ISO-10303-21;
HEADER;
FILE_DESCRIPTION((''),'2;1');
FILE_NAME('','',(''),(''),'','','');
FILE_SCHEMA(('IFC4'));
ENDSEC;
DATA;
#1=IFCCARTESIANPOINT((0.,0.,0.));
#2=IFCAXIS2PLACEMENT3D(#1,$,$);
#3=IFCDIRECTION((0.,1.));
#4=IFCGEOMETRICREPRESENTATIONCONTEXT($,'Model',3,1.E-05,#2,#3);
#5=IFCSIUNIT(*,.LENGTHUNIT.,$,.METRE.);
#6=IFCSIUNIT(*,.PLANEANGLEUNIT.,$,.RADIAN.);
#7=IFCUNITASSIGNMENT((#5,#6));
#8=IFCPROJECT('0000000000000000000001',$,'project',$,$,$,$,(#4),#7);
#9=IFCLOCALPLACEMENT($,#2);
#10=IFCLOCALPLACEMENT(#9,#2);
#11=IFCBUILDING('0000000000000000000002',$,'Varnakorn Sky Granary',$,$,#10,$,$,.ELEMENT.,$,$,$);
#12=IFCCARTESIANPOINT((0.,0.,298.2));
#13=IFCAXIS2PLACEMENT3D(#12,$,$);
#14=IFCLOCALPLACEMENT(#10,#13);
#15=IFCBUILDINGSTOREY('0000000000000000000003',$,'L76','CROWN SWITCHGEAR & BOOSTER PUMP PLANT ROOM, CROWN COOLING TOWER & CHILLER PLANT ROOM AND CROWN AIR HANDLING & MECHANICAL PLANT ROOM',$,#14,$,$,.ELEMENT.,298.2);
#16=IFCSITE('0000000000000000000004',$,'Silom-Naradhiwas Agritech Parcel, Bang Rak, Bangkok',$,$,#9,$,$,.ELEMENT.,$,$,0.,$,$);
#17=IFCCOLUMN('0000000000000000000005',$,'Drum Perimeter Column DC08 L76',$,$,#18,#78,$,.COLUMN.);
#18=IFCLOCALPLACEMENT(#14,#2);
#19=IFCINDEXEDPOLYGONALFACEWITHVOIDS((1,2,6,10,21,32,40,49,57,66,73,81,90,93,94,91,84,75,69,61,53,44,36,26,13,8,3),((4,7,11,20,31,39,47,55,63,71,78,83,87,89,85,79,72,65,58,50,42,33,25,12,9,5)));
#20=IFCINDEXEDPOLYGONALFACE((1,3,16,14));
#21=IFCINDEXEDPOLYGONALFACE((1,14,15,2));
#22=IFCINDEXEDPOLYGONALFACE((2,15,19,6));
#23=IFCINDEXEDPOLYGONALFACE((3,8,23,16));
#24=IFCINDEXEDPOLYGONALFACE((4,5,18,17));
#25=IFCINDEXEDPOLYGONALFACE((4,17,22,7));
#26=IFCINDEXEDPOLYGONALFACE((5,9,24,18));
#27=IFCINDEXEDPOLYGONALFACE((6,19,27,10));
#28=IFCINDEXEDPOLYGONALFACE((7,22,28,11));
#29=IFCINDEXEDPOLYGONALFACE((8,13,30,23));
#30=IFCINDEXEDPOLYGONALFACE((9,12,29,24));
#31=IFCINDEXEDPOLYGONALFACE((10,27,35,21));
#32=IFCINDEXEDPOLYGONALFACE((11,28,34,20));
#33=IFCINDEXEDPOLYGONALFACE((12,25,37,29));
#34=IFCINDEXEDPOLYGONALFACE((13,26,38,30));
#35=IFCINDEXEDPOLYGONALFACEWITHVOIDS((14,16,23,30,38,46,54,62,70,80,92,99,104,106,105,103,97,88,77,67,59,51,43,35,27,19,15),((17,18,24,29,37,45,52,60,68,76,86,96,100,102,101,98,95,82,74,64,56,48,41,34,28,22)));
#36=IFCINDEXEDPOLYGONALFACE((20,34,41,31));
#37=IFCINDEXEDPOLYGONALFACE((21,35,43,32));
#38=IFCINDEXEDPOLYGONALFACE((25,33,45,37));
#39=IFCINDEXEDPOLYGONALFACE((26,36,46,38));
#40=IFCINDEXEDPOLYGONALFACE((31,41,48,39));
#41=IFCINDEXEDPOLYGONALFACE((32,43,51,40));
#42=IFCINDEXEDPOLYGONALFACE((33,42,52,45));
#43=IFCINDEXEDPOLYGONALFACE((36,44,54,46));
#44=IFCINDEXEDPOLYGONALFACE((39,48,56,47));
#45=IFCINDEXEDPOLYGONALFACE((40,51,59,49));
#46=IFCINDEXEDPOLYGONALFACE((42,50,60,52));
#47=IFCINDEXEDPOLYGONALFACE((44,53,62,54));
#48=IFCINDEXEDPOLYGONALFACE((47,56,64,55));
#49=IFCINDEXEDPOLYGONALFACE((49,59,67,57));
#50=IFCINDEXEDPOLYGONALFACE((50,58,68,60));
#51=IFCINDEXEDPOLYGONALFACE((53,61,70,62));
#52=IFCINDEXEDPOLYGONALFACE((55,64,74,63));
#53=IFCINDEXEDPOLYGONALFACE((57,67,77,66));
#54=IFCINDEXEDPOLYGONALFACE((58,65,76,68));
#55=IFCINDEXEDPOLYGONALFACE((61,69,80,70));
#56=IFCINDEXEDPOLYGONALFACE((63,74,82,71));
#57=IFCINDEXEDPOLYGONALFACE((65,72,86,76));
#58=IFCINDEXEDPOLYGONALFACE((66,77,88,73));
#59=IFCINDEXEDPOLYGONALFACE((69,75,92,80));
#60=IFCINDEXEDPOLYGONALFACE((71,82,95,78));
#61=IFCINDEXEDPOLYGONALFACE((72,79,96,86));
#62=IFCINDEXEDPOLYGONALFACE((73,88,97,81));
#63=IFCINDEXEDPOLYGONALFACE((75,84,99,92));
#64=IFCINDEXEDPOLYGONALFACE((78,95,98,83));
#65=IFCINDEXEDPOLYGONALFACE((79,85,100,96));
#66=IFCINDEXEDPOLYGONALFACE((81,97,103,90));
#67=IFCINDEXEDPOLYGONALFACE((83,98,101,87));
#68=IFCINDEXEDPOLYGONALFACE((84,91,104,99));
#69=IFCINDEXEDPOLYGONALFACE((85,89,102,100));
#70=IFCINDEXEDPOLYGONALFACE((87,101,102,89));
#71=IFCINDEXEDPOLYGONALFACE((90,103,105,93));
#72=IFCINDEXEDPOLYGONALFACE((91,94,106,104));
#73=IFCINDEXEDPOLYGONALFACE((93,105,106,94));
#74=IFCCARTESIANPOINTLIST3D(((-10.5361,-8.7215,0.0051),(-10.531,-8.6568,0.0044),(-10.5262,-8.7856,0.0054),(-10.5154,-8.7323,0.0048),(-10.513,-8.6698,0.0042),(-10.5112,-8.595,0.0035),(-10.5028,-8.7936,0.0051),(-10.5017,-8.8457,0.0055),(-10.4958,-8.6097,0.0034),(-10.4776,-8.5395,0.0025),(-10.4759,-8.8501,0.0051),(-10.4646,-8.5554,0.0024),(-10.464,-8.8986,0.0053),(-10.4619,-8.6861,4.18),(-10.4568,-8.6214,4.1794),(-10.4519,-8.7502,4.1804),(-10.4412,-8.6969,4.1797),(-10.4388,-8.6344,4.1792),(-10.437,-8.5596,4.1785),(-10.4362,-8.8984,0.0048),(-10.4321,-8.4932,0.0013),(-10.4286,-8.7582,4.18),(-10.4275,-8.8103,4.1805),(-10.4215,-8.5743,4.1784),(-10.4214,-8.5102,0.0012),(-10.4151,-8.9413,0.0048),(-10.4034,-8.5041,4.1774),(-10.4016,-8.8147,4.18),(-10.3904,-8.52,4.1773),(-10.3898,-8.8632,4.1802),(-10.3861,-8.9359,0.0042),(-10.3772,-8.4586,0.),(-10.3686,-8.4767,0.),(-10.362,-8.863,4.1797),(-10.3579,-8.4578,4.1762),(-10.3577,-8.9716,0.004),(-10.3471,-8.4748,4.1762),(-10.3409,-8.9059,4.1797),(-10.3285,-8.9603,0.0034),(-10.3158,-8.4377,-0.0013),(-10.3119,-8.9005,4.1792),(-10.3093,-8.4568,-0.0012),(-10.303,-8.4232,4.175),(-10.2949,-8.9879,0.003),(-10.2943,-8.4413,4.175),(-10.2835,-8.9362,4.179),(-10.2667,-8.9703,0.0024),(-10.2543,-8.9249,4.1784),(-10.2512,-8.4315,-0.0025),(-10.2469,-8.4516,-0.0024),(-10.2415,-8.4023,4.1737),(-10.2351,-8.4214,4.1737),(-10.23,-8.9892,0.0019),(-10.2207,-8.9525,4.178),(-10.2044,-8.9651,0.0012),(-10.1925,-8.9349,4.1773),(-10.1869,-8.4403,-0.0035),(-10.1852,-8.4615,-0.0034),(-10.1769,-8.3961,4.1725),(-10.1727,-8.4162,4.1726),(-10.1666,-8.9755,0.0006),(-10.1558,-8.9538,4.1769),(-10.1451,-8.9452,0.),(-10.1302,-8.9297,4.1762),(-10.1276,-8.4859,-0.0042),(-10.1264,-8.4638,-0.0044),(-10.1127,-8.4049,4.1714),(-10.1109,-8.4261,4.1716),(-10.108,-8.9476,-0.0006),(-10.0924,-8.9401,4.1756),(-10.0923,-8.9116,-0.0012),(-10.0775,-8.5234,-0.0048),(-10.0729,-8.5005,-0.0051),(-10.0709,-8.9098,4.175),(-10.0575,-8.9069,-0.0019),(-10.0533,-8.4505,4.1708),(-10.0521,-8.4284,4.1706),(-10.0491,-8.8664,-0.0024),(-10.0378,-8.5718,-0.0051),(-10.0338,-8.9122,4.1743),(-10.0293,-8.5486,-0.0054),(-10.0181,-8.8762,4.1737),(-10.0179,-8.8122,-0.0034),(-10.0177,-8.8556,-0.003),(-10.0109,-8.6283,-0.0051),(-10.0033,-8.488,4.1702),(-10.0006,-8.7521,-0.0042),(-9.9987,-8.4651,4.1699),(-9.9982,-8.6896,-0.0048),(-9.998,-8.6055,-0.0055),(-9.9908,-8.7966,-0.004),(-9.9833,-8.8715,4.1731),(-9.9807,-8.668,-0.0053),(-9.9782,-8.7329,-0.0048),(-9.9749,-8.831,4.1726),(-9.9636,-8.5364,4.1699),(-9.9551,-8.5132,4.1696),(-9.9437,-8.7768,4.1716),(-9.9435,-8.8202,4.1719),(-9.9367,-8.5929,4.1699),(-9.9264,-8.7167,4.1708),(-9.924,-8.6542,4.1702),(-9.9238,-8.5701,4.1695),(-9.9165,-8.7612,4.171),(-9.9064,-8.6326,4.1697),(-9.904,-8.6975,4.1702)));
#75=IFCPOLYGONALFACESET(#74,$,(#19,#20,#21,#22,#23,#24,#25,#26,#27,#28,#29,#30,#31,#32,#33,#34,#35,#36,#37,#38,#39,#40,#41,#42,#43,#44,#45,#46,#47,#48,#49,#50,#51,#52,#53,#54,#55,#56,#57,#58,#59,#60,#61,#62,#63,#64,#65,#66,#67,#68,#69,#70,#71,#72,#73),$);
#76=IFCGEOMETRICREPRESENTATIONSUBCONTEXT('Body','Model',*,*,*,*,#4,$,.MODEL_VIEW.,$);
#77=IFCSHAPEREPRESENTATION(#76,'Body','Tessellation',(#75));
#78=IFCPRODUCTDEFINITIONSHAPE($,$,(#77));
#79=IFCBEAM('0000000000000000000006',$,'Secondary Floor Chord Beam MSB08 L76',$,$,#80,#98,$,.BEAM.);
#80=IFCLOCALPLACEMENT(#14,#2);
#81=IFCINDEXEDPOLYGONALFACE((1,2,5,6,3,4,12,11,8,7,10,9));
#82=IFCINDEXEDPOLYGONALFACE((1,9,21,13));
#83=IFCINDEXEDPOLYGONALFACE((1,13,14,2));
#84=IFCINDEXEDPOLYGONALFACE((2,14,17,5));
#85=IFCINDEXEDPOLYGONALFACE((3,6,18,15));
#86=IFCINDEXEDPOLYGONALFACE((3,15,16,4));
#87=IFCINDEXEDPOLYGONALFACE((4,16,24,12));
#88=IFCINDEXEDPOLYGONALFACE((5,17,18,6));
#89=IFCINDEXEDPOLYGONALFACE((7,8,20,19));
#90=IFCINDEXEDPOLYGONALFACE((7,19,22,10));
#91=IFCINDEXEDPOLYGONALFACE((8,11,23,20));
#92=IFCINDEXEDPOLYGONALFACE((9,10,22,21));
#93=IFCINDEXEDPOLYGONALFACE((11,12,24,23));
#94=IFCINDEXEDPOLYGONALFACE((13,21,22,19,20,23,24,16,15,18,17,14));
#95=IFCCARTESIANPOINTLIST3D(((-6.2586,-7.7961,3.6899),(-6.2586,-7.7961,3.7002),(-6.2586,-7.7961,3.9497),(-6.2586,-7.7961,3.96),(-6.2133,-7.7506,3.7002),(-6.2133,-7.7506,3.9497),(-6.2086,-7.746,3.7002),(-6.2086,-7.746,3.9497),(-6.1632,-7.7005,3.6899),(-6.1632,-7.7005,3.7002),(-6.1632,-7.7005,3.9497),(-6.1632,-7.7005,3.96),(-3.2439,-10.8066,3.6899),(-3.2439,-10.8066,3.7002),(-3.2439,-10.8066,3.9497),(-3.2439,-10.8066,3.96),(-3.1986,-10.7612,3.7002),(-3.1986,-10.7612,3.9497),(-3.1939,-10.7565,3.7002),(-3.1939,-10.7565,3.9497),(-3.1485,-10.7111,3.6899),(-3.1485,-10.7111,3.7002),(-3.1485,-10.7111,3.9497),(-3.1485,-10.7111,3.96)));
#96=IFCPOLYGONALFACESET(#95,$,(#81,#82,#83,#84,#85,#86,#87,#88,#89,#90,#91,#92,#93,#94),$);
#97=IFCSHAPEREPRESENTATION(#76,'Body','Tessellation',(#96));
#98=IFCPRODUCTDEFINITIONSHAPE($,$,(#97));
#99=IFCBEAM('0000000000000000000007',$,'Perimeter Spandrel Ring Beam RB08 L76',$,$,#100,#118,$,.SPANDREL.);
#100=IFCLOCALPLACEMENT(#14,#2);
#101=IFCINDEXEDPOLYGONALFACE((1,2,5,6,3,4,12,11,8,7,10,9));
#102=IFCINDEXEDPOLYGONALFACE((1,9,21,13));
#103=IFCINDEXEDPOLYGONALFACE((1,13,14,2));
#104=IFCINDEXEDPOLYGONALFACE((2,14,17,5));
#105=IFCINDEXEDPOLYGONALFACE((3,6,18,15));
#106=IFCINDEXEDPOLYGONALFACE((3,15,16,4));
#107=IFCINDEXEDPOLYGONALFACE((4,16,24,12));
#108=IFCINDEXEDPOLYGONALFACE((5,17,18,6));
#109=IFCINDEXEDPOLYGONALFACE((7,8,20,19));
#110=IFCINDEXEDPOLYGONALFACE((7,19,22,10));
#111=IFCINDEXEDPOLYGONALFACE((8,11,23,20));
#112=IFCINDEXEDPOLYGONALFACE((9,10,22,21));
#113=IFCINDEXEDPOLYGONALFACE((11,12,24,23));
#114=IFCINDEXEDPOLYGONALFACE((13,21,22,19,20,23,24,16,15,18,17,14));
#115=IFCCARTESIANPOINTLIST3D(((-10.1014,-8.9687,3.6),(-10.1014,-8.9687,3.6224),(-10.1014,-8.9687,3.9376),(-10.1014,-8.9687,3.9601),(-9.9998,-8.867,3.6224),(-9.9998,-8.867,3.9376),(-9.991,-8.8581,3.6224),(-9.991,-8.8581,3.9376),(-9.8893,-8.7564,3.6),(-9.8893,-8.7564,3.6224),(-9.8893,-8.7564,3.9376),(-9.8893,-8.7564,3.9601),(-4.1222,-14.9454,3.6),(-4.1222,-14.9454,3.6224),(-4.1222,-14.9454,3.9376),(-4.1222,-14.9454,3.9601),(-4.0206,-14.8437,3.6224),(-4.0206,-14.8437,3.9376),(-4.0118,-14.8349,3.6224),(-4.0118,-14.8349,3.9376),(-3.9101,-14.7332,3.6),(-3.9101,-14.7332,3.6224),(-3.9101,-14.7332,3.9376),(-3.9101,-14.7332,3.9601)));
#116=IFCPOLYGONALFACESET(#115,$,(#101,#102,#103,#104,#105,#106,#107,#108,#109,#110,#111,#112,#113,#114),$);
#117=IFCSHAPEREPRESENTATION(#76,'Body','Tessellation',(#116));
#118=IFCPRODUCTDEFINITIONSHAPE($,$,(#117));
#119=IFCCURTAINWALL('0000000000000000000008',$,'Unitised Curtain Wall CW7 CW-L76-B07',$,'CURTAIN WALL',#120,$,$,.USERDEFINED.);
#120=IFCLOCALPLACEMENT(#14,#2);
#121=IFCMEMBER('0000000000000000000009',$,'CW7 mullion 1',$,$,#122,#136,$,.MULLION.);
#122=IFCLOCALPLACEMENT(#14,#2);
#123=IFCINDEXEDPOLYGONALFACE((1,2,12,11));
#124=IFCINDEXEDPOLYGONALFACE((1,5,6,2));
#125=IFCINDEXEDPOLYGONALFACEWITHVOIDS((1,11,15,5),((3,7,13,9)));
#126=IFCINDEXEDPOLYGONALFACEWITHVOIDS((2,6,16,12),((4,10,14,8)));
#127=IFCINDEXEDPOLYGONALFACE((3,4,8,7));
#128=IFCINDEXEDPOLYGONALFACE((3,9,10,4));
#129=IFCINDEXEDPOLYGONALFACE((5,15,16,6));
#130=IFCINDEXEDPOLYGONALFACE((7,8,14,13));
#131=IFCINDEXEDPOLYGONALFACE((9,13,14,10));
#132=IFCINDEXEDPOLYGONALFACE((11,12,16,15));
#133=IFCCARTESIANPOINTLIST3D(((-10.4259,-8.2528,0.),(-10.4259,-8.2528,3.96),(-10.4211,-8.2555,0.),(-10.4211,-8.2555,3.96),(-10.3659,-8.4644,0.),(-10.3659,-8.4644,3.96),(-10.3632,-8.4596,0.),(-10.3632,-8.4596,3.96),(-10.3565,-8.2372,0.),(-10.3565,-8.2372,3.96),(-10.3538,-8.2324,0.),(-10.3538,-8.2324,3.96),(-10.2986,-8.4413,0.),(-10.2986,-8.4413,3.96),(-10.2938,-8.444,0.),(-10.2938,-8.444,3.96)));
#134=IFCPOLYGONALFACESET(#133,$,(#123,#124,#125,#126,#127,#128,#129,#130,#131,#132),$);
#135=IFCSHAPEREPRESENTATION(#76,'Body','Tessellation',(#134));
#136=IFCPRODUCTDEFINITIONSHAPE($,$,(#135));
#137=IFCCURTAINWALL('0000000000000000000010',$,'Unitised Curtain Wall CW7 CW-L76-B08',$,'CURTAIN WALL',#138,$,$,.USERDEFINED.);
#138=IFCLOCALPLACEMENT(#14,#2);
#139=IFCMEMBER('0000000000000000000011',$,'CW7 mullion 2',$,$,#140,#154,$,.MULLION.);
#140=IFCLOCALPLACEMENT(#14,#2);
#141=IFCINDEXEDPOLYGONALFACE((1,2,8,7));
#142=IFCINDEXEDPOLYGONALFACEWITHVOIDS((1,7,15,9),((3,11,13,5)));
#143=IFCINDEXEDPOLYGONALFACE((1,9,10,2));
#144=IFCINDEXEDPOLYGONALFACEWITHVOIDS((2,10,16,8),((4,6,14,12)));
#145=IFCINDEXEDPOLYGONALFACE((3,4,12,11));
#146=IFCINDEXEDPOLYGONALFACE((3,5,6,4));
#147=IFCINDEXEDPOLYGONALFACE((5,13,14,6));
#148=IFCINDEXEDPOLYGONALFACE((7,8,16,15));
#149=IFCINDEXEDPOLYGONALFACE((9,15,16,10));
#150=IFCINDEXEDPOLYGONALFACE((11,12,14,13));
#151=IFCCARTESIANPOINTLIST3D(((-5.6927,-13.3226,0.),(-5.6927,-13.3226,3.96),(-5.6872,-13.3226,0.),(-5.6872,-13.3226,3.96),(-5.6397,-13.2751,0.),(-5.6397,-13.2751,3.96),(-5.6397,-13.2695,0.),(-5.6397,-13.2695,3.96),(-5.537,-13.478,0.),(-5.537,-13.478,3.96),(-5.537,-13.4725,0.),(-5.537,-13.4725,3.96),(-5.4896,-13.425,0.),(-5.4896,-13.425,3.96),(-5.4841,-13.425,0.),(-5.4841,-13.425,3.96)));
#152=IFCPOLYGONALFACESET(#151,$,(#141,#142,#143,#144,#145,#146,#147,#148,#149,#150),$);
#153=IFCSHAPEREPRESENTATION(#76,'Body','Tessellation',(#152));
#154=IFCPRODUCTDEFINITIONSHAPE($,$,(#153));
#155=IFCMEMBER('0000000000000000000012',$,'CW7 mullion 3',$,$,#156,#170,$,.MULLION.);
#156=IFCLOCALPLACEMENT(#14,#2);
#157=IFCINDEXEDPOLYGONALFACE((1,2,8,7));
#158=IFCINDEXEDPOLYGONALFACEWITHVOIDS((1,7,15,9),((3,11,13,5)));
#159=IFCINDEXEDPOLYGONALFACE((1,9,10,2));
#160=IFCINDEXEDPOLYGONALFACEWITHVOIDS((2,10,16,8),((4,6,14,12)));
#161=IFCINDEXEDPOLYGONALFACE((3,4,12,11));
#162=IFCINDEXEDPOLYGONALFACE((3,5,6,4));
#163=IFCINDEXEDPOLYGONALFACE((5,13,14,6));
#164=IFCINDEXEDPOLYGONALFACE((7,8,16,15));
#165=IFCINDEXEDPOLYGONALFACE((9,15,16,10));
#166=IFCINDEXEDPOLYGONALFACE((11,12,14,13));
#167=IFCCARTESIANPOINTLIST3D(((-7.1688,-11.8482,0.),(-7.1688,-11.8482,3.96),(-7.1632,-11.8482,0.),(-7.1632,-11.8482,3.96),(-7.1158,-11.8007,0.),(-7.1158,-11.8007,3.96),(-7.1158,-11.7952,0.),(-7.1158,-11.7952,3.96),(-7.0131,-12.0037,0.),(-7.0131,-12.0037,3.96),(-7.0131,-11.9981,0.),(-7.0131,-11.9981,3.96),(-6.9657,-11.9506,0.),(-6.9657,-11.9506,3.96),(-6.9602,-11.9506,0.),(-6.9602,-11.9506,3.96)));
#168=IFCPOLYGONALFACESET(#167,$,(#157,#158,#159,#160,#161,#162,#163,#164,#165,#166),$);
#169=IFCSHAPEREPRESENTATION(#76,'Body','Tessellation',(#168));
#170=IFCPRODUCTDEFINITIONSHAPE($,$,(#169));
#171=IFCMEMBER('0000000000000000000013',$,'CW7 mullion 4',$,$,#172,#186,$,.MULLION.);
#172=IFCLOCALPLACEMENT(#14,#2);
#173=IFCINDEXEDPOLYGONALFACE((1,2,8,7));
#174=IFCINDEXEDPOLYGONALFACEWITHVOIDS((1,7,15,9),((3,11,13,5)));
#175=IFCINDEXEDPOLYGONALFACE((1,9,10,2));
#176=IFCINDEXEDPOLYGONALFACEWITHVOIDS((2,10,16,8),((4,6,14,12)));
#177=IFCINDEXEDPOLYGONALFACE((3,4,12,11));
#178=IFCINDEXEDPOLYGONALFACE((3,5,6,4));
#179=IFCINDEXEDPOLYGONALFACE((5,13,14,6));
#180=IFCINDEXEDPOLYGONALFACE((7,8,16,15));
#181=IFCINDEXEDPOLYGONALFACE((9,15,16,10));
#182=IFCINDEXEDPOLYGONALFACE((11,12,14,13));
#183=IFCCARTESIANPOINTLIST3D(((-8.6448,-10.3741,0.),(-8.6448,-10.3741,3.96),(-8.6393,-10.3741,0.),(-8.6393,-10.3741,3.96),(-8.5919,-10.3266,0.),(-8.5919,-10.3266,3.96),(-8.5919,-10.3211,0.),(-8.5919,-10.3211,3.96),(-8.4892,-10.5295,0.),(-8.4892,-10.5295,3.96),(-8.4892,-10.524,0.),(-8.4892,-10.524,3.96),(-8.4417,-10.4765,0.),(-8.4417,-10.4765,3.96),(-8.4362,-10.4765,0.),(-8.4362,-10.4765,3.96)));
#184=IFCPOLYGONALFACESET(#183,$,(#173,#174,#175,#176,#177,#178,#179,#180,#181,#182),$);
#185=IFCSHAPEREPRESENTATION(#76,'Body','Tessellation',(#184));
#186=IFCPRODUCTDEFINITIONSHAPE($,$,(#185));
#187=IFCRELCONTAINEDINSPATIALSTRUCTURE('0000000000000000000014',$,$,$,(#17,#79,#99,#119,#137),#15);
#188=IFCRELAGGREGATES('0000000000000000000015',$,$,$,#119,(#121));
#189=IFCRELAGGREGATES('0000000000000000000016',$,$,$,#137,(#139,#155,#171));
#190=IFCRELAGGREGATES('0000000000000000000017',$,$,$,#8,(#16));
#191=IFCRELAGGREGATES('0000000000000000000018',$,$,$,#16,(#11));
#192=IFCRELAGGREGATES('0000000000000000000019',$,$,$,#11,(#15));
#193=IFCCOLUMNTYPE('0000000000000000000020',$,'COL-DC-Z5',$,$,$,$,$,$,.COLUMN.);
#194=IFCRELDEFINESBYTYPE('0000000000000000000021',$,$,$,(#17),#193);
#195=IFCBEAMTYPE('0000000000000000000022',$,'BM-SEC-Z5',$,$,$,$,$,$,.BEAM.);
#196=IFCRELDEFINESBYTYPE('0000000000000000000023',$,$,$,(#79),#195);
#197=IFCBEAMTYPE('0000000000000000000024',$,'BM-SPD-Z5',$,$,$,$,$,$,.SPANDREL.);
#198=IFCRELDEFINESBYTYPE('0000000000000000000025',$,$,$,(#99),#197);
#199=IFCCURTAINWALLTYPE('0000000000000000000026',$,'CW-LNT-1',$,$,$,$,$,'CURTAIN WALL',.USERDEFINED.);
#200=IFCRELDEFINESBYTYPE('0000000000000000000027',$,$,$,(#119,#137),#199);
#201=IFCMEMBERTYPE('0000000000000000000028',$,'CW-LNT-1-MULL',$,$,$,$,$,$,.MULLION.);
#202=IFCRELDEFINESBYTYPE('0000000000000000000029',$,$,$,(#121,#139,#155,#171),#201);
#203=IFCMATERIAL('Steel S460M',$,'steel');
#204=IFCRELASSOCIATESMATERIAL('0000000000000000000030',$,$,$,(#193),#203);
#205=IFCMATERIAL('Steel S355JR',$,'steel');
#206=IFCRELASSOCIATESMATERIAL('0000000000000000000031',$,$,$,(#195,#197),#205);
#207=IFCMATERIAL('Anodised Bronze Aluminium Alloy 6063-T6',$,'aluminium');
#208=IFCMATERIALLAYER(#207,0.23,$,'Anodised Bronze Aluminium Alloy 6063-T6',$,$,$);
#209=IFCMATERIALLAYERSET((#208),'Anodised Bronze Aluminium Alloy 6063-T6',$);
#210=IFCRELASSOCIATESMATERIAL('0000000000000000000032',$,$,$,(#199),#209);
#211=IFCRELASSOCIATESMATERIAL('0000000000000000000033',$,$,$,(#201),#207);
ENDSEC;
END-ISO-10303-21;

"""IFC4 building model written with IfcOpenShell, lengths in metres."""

from ifc_helpers import new_model, si_unit, direction, frame, origin, origin_2d, place, context, subcontext, project, spatial, hollow_rectangle, hollow_circle, i_section, extrude, material, layer, layer_set, material_profile, profile_set, type_object, element, aggregate, save


model = new_model("IFC4")

# Units and contexts
model_context = context("Model", 3, precision=1e-05, world=origin(), true_north=direction((0.0, 1.0)))
body_context = subcontext(model_context, "Body", "Model", "MODEL_VIEW")
ifc_project = project(units=[si_unit("LENGTHUNIT", "METRE"), si_unit("PLANEANGLEUNIT", "RADIAN")], contexts=[model_context])

# Site, building, storey
site_placement = place(None, origin())
site = spatial("IfcSite", under=ifc_project, at=site_placement, Name="Silom-Naradhiwas Agritech Parcel, Bang Rak, Bangkok", CompositionType="ELEMENT", RefElevation=0.0)
building_placement = place(site_placement, origin())
building = spatial("IfcBuilding", under=site, at=building_placement, Name="Varnakorn Sky Granary", CompositionType="ELEMENT")
storey_placement = place(building_placement, frame((0.0, 0.0, 298.2)))
storey = spatial("IfcBuildingStorey", under=building, at=storey_placement, Name="L76", Description="CROWN SWITCHGEAR & BOOSTER PUMP PLANT ROOM, CROWN COOLING TOWER & CHILLER PLANT ROOM AND CROWN AIR HANDLING & MECHANICAL PLANT ROOM", CompositionType="ELEMENT", Elevation=298.2)

# Column
ifc_material_1 = material(Name="Steel S460M", Category="steel")
ifc_material_profile_1 = material_profile(ifc_material_1, hollow_circle(Radius=0.2795, WallThickness=0.02, at=origin_2d()), Name="CHS 559x20")
ifc_profile_set_1 = profile_set([ifc_material_profile_1], Name="Steel S460M")
column_type = type_object("IfcColumnType", Name="COL-DC-Z5", PredefinedType="COLUMN", material=ifc_profile_set_1)
column_placement = place(storey_placement, frame((-10.2568, -8.7109, 0.0), z_axis=(0.017773, 0.008477, 0.999806), x_axis=(-0.43051, 0.902586, 0.0)))
element("IfcColumn", 1, at=column_placement, inside=storey, type_object=column_type, Name="Drum Perimeter Column DC08 L76", PredefinedType="COLUMN", context=body_context, shape_type="SweptSolid", body=[
    extrude(hollow_circle(Radius=0.2795, WallThickness=0.02, at=origin_2d()), origin(), (0.0, 0.0, 1.0), 4.1758),
])

# Beams
ifc_material_2 = material(Name="Steel S355JR", Category="steel")
ifc_material_profile_2 = material_profile(ifc_material_2, i_section(OverallWidth=0.135, OverallDepth=0.27, WebThickness=0.0066, FlangeThickness=0.0103, at=origin_2d()), Name="IPE 270")
ifc_profile_set_2 = profile_set([ifc_material_profile_2], Name="Steel S355JR")
beam_type_1 = type_object("IfcBeamType", Name="BM-SEC-Z5", PredefinedType="BEAM", material=ifc_profile_set_2)
beam_1_placement = place(storey_placement, frame((-6.2109, -7.7483, 3.825), z_axis=(0.707594, -0.70662, 0.0), x_axis=(0.70662, 0.707594, 0.0)))
element("IfcBeam", 2, at=beam_1_placement, inside=storey, type_object=beam_type_1, Name="Secondary Floor Chord Beam MSB08 L76", PredefinedType="BEAM", context=body_context, shape_type="SweptSolid", body=[
    extrude(i_section(OverallWidth=0.135, OverallDepth=0.27, WebThickness=0.0066, FlangeThickness=0.0103, at=origin_2d()), origin(), (0.0, 0.0, 1.0), 4.2605),
])
ifc_material_profile_3 = material_profile(ifc_material_2, i_section(OverallWidth=0.3, OverallDepth=0.3601, WebThickness=0.0125, FlangeThickness=0.0225, at=origin_2d()), Name="HE 360 B")
ifc_profile_set_3 = profile_set([ifc_material_profile_3], Name="Steel S355JR")
beam_type_2 = type_object("IfcBeamType", Name="BM-SPD-Z5", PredefinedType="SPANDREL", material=ifc_profile_set_3)
beam_2_placement = place(storey_placement, frame((-9.9954, -8.8625, 3.78), z_axis=(0.707251, -0.706962, 0.0), x_axis=(0.706962, 0.707251, 0.0)))
element("IfcBeam", 3, at=beam_2_placement, inside=storey, type_object=beam_type_2, Name="Perimeter Spandrel Ring Beam RB08 L76", PredefinedType="SPANDREL", context=body_context, shape_type="SweptSolid", body=[
    extrude(i_section(OverallWidth=0.3, OverallDepth=0.3601, WebThickness=0.0125, FlangeThickness=0.0225, at=origin_2d()), origin(), (0.0, 0.0, 1.0), 8.4541),
])

# Curtain wall, member
ifc_material_3 = material(Name="Anodised Bronze Aluminium Alloy 6063-T6", Category="aluminium")
ifc_layer_1 = layer(ifc_material_3, 0.23, Name="Anodised Bronze Aluminium Alloy 6063-T6")
ifc_layer_set_1 = layer_set([ifc_layer_1], Name="Anodised Bronze Aluminium Alloy 6063-T6")
curtain_wall_type = type_object("IfcCurtainWallType", Name="CW-LNT-1", ElementType="CURTAIN WALL", PredefinedType="USERDEFINED", material=ifc_layer_set_1)
curtain_wall_1_placement = place(storey_placement, origin())
curtain_wall_1 = element("IfcCurtainWall", 4, at=curtain_wall_1_placement, inside=storey, type_object=curtain_wall_type, Name="Unitised Curtain Wall CW7 CW-L76-B07", ObjectType="CURTAIN WALL", PredefinedType="USERDEFINED")
ifc_material_profile_4 = material_profile(ifc_material_3, hollow_rectangle(XDim=0.075, YDim=0.22, WallThickness=0.0039, at=origin_2d()), Name="ALU MULL 75x220")
ifc_profile_set_4 = profile_set([ifc_material_profile_4], Name="Anodised Bronze Aluminium Alloy 6063-T6")
member_type_1 = type_object("IfcMemberType", Name="CW-LNT-1-MULL", PredefinedType="MULLION", material=ifc_profile_set_4)
member_1_placement = place(storey_placement, frame((-10.3599, -8.3484, 0.0), z_axis=(0.0, 0.0, 1.0), x_axis=(-0.962012, -0.273007, 0.0)))
member_1 = element("IfcMember", 5, at=member_1_placement, type_object=member_type_1, Name="CW7 mullion 1", PredefinedType="MULLION", context=body_context, shape_type="SweptSolid", body=[
    extrude(hollow_rectangle(XDim=0.075, YDim=0.22, WallThickness=0.0039, at=origin_2d()), origin(), (0.0, 0.0, 1.0), 3.96),
])

# Curtain wall, members
curtain_wall_2_placement = place(storey_placement, origin())
curtain_wall_2 = element("IfcCurtainWall", 6, at=curtain_wall_2_placement, inside=storey, type_object=curtain_wall_type, Name="Unitised Curtain Wall CW7 CW-L76-B08", ObjectType="CURTAIN WALL", PredefinedType="USERDEFINED")
member_2_placement = place(storey_placement, frame((-5.5884, -13.3738, 0.0), z_axis=(0.0, 0.0, 1.0), x_axis=(-0.706663, -0.70755, 0.0)))
member_2 = element("IfcMember", 7, at=member_2_placement, type_object=member_type_1, Name="CW7 mullion 2", PredefinedType="MULLION", context=body_context, shape_type="SweptSolid", body=[
    extrude(hollow_rectangle(XDim=0.075, YDim=0.22, WallThickness=0.0039, at=origin_2d()), origin(), (0.0, 0.0, 1.0), 3.96),
])
member_3_placement = place(storey_placement, frame((-7.0645, -11.8994, 0.0), z_axis=(0.0, 0.0, 1.0), x_axis=(-0.706663, -0.70755, 0.0)))
member_3 = element("IfcMember", 8, at=member_3_placement, type_object=member_type_1, Name="CW7 mullion 3", PredefinedType="MULLION", context=body_context, shape_type="SweptSolid", body=[
    extrude(hollow_rectangle(XDim=0.075, YDim=0.22, WallThickness=0.0039, at=origin_2d()), origin(), (0.0, 0.0, 1.0), 3.96),
])
member_4_placement = place(storey_placement, frame((-8.5405, -10.4253, 0.0), z_axis=(0.0, 0.0, 1.0), x_axis=(-0.706663, -0.70755, 0.0)))
member_4 = element("IfcMember", 9, at=member_4_placement, type_object=member_type_1, Name="CW7 mullion 4", PredefinedType="MULLION", context=body_context, shape_type="SweptSolid", body=[
    extrude(hollow_rectangle(XDim=0.075, YDim=0.22, WallThickness=0.0039, at=origin_2d()), origin(), (0.0, 0.0, 1.0), 3.96),
])

aggregate(curtain_wall_1, [member_1])

aggregate(curtain_wall_2, [member_2, member_3, member_4])

save(model, "model.ifc")
